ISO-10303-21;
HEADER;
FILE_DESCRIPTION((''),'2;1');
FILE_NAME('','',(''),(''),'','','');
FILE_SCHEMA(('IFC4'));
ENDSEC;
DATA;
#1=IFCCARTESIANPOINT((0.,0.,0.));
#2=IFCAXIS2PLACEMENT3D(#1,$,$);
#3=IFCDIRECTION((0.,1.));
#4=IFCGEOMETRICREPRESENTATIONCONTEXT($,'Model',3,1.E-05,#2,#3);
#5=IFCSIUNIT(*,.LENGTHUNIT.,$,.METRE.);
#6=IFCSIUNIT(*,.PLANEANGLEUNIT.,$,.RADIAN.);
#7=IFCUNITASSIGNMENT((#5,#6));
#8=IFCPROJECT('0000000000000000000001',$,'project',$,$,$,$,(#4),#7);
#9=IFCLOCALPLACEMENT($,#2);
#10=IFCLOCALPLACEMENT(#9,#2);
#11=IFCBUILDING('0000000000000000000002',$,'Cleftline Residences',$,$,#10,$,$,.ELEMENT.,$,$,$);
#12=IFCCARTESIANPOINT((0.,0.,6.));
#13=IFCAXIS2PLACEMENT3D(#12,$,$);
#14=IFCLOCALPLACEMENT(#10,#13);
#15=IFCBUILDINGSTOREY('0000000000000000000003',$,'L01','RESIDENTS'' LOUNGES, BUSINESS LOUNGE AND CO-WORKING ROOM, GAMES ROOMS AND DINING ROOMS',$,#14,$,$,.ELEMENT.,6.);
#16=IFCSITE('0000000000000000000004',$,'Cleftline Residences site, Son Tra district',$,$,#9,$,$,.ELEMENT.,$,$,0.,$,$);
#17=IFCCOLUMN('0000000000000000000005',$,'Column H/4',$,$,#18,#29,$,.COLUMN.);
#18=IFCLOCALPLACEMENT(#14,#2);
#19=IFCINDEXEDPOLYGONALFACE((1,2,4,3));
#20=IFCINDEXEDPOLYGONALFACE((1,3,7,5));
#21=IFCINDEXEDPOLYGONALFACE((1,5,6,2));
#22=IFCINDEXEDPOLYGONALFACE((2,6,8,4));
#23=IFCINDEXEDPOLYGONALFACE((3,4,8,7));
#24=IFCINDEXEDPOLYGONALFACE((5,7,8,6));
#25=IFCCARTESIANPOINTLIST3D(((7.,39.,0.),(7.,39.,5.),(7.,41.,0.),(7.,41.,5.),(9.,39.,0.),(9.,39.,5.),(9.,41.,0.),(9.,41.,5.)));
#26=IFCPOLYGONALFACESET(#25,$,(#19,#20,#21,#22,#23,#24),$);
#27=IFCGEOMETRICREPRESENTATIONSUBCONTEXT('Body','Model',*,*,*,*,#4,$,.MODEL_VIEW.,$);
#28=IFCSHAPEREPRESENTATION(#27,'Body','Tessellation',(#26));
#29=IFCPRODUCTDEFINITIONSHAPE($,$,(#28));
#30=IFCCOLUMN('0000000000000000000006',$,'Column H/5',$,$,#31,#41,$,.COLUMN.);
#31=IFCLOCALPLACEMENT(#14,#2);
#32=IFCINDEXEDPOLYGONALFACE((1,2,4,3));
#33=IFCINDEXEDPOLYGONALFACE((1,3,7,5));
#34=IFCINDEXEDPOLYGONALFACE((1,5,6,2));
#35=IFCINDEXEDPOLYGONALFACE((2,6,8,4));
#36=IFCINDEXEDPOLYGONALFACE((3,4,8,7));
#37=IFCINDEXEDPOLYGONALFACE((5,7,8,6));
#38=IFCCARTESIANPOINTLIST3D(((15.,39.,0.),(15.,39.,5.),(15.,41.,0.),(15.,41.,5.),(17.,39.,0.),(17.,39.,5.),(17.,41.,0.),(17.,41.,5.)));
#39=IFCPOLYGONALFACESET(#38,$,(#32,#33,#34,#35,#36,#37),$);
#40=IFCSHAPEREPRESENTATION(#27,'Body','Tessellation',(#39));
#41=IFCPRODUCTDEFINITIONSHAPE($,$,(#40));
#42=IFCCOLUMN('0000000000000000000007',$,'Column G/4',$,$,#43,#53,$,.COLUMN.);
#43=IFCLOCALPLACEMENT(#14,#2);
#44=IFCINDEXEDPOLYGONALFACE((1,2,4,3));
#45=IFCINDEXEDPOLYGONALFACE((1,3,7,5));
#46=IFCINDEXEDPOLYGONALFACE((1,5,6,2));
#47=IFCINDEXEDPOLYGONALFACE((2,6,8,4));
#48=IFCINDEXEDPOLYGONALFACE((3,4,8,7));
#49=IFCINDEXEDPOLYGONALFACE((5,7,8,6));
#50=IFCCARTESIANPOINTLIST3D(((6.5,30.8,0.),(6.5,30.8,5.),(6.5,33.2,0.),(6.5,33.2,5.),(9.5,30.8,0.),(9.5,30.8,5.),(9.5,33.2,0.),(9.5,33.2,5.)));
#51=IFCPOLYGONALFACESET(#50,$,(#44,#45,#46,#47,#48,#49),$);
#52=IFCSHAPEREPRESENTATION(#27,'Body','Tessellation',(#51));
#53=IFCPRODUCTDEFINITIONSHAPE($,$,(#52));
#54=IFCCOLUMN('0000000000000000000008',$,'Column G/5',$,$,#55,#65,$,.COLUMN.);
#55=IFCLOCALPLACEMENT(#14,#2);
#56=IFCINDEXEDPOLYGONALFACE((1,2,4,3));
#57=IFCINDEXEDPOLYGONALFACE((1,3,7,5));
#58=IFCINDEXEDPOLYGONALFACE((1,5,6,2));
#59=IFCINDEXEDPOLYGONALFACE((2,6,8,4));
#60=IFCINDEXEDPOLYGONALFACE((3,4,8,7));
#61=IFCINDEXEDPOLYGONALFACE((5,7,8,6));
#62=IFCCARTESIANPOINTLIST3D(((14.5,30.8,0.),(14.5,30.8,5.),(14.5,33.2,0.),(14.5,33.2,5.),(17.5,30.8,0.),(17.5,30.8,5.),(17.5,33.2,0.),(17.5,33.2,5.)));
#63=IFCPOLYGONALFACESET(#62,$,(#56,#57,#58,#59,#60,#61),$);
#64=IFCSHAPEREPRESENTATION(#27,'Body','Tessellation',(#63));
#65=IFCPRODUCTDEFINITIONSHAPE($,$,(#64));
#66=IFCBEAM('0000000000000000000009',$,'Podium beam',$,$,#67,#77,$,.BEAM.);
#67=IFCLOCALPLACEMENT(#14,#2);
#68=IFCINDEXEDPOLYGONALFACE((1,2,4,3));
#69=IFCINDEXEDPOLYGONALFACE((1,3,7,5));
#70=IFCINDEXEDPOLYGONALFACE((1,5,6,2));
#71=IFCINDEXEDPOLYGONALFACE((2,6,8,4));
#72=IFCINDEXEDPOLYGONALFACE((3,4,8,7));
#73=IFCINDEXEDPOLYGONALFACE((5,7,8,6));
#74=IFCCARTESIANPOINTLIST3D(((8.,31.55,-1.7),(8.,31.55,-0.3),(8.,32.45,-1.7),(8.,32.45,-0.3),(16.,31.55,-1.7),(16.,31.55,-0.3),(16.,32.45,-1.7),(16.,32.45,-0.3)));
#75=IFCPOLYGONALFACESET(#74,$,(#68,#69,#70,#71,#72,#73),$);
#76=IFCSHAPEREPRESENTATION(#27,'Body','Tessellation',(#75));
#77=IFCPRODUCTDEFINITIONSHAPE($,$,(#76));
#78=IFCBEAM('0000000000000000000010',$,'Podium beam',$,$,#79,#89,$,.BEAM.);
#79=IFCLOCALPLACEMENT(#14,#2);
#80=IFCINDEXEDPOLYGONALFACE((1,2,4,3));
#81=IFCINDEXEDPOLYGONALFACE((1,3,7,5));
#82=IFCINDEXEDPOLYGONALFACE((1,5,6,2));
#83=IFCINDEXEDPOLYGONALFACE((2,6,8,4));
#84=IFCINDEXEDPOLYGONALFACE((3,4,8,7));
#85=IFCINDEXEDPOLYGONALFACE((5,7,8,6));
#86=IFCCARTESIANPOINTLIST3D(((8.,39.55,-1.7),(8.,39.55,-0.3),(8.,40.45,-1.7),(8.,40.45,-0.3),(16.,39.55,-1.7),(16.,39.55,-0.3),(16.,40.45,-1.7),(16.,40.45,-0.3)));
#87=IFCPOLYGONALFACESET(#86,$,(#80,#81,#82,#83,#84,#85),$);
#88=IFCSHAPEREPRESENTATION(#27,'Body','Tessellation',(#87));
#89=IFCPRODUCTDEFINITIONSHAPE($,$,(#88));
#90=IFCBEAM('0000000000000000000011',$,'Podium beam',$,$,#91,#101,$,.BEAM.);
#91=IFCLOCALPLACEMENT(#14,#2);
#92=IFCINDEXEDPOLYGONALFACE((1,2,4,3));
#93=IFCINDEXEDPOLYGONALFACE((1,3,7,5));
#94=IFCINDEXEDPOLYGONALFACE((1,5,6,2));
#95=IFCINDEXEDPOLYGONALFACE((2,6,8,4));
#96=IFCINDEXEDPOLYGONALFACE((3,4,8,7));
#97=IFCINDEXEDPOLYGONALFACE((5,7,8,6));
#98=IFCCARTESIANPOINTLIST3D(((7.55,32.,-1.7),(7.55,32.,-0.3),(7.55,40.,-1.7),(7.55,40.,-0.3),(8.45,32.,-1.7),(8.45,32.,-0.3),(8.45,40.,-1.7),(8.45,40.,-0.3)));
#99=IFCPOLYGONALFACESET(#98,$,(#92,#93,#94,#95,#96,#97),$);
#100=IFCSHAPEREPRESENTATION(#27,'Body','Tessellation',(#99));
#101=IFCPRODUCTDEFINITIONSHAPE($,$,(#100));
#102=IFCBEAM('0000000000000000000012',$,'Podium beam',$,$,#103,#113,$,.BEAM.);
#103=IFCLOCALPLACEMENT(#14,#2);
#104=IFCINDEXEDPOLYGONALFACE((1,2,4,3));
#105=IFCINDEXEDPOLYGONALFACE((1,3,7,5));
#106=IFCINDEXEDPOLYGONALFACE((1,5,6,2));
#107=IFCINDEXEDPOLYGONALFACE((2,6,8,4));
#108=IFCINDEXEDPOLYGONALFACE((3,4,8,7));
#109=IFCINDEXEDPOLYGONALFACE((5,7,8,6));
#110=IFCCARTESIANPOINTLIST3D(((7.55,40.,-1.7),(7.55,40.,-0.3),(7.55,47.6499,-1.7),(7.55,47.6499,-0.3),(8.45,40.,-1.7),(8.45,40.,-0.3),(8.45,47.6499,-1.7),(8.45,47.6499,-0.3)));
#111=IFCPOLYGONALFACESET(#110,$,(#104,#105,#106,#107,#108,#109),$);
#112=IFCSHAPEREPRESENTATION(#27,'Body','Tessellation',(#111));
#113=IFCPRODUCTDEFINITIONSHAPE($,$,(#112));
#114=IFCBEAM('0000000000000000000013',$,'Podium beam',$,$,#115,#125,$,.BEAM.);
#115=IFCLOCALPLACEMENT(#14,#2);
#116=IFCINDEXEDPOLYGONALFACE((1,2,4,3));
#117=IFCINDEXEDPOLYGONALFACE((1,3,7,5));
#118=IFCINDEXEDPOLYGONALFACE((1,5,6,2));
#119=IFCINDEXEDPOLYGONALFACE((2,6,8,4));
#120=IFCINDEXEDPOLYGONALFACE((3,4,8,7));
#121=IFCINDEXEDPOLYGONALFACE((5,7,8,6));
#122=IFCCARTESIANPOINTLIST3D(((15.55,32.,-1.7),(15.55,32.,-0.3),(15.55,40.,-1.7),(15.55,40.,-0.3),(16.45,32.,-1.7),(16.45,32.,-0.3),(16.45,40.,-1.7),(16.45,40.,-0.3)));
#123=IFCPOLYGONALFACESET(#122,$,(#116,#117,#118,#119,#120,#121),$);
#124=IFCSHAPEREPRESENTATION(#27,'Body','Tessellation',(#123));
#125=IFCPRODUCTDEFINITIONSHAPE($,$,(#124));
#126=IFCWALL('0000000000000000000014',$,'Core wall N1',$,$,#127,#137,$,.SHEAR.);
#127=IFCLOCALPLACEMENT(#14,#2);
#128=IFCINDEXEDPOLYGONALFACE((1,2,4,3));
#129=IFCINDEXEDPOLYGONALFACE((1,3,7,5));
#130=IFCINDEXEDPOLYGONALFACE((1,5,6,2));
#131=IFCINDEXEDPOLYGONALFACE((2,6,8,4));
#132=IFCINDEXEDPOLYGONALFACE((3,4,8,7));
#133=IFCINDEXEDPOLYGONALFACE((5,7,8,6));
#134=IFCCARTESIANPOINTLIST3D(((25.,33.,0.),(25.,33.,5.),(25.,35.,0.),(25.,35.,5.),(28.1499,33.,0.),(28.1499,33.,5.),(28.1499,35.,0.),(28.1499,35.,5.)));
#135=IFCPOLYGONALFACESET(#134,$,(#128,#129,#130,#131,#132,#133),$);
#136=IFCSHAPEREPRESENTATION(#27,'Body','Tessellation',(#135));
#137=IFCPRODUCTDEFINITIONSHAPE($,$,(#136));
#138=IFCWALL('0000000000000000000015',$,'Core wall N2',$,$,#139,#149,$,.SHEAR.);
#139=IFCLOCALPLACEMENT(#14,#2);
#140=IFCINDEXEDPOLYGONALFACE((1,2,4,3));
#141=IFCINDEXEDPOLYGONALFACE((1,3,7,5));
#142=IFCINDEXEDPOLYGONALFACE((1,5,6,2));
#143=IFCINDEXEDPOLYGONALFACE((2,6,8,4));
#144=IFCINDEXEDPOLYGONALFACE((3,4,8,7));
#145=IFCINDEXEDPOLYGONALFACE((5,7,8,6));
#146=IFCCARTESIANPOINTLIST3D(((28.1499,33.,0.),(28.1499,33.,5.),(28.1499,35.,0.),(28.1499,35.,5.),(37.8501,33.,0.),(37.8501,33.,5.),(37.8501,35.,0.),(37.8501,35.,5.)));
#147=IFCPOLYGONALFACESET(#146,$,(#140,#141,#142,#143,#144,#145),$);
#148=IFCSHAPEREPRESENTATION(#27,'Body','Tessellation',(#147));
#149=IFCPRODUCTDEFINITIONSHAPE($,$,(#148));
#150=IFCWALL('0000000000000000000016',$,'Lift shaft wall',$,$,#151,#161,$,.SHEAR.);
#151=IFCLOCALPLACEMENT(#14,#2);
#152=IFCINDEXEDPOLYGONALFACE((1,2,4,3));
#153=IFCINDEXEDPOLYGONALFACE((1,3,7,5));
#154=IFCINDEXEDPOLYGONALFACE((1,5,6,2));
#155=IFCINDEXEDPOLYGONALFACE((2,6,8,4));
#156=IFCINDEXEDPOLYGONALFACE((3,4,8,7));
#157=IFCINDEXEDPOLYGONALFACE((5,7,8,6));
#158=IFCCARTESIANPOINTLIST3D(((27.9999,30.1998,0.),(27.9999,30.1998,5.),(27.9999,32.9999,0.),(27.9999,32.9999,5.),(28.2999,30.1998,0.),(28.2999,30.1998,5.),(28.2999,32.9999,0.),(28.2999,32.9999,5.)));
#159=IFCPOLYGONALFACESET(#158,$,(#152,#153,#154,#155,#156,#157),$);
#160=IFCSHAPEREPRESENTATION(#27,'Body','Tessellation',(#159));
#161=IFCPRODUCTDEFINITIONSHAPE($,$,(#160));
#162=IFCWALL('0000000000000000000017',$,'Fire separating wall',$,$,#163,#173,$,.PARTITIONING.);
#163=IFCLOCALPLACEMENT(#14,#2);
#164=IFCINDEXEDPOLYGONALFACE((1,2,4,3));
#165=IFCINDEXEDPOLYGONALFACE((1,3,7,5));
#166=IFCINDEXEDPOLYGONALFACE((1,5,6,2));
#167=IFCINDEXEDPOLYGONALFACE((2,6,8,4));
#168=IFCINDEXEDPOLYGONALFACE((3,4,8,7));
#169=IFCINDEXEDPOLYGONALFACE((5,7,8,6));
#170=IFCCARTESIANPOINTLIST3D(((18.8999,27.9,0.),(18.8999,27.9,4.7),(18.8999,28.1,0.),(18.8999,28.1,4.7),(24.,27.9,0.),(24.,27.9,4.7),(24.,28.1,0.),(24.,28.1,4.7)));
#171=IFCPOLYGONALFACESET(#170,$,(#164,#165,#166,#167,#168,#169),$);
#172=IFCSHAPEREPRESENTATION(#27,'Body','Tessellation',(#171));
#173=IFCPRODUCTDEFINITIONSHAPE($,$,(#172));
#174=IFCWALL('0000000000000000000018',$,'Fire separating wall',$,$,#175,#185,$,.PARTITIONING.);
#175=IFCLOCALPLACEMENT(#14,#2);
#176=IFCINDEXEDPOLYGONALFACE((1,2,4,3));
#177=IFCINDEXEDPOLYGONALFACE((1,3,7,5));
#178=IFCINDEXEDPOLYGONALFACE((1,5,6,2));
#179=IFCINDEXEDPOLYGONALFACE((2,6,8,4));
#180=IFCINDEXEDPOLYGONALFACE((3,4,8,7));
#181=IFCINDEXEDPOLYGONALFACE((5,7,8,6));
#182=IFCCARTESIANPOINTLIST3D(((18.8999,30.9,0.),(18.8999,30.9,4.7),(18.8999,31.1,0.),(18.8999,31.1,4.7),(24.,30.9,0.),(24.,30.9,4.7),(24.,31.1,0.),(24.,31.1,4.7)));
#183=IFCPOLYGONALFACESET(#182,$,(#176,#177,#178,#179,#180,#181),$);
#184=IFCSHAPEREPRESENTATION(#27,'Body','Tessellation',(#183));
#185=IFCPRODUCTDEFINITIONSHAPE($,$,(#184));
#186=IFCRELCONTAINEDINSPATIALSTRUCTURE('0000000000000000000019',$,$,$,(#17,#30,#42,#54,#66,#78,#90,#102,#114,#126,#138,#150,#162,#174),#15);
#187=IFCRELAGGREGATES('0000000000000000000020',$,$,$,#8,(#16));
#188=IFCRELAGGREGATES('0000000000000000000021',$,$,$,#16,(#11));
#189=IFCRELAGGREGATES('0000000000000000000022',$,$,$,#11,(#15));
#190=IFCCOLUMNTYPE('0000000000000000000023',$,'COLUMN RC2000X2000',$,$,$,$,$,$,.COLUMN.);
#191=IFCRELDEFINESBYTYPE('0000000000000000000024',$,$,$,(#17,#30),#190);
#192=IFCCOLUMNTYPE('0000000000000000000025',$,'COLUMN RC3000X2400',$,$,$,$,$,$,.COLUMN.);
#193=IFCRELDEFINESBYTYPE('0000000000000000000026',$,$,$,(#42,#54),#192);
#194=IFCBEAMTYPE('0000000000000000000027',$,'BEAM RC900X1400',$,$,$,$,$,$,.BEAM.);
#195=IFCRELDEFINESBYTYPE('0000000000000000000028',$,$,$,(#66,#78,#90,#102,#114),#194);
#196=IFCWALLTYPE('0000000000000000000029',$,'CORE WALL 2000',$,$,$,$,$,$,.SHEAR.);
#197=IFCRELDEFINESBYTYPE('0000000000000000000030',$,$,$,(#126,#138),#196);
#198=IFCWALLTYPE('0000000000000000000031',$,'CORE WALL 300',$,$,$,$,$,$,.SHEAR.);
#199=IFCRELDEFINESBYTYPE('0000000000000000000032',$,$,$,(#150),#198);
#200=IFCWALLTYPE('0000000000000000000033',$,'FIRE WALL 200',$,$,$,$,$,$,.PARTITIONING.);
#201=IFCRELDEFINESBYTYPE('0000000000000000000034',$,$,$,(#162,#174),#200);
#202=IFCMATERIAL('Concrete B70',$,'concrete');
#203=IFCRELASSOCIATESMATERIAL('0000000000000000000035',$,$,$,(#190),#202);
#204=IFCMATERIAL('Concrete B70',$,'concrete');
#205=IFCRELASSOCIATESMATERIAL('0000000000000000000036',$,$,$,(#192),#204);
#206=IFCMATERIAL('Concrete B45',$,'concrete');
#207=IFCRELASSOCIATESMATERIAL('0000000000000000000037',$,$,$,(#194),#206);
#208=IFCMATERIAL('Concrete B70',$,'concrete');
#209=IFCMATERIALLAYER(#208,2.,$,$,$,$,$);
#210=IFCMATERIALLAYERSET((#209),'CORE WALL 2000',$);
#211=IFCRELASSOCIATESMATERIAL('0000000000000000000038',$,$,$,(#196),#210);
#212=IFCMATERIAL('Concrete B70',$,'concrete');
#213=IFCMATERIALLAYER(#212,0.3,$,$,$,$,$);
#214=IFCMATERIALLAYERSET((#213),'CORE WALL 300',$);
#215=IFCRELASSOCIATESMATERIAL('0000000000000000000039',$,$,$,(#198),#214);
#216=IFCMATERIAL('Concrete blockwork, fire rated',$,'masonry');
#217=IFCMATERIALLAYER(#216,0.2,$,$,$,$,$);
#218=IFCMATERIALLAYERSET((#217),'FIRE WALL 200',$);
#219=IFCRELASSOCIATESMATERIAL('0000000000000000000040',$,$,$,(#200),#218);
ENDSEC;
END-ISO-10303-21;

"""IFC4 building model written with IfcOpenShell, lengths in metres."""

from ifc_helpers import new_model, si_unit, direction, frame, frame_2d, origin, origin_2d, place, context, subcontext, project, spatial, rectangle, extrude, material, layer, layer_set, material_profile, profile_set, type_object, element, save


model = new_model("IFC4")

# Units and contexts
model_context = context("Model", 3, precision=1e-05, world=origin(), true_north=direction((0.0, 1.0)))
body_context = subcontext(model_context, "Body", "Model", "MODEL_VIEW")
ifc_project = project(units=[si_unit("LENGTHUNIT", "METRE"), si_unit("PLANEANGLEUNIT", "RADIAN")], contexts=[model_context])

# Site, building, storey
site_placement = place(None, origin())
site = spatial("IfcSite", under=ifc_project, at=site_placement, Name="Cleftline Residences site, Son Tra district", CompositionType="ELEMENT", RefElevation=0.0)
building_placement = place(site_placement, origin())
building = spatial("IfcBuilding", under=site, at=building_placement, Name="Cleftline Residences", CompositionType="ELEMENT")
storey_placement = place(building_placement, frame((0.0, 0.0, 6.0)))
storey = spatial("IfcBuildingStorey", under=building, at=storey_placement, Name="L01", Description="RESIDENTS' LOUNGES, BUSINESS LOUNGE AND CO-WORKING ROOM, GAMES ROOMS AND DINING ROOMS", CompositionType="ELEMENT", Elevation=6.0)

# Columns
ifc_material_1 = material(Name="Concrete B70", Category="concrete")
ifc_material_profile_1 = material_profile(ifc_material_1, rectangle(XDim=2.0, YDim=2.0, at=origin_2d()))
ifc_profile_set_1 = profile_set([ifc_material_profile_1], Name="Concrete B70")
column_type_1 = type_object("IfcColumnType", Name="COLUMN RC2000X2000", PredefinedType="COLUMN", material=ifc_profile_set_1)
for number, where, z_axis, x_axis, name in (
    (1, (8.0, 40.0, 0.0), (0.0, 0.0, 1.0), (1.0, 0.0, 0.0), "Column H/4"),
    (2, (16.0, 40.0, 0.0), (0.0, 0.0, 1.0), (1.0, 0.0, 0.0), "Column H/5"),
):
    element("IfcColumn", number, at=place(storey_placement, frame(where, z_axis=z_axis, x_axis=x_axis)), inside=storey, type_object=column_type_1, Name=name, PredefinedType="COLUMN", context=body_context, shape_type="SweptSolid", body=[
        extrude(rectangle(XDim=2.0, YDim=2.0, at=origin_2d()), origin(), (0.0, 0.0, 1.0), 5.0),
    ])
ifc_material_2 = material(Name="Concrete B70", Category="concrete")
ifc_material_profile_2 = material_profile(ifc_material_2, rectangle(XDim=3.0, YDim=2.3999, at=origin_2d()))
ifc_profile_set_2 = profile_set([ifc_material_profile_2], Name="Concrete B70")
column_type_2 = type_object("IfcColumnType", Name="COLUMN RC3000X2400", PredefinedType="COLUMN", material=ifc_profile_set_2)
for number, where, z_axis, x_axis, name in (
    (3, (8.0, 32.0, 0.0), (0.0, 0.0, 1.0), (1.0, 0.0, 0.0), "Column G/4"),
    (4, (16.0, 32.0, 0.0), (0.0, 0.0, 1.0), (1.0, 0.0, 0.0), "Column G/5"),
):
    element("IfcColumn", number, at=place(storey_placement, frame(where, z_axis=z_axis, x_axis=x_axis)), inside=storey, type_object=column_type_2, Name=name, PredefinedType="COLUMN", context=body_context, shape_type="SweptSolid", body=[
        extrude(rectangle(XDim=3.0, YDim=2.3999, at=origin_2d()), origin(), (0.0, 0.0, 1.0), 5.0),
    ])

# Beams
ifc_material_3 = material(Name="Concrete B45", Category="concrete")
ifc_material_profile_3 = material_profile(ifc_material_3, rectangle(XDim=0.8999, YDim=1.3999, at=origin_2d()))
ifc_profile_set_3 = profile_set([ifc_material_profile_3], Name="Concrete B45")
beam_type = type_object("IfcBeamType", Name="BEAM RC900X1400", PredefinedType="BEAM", material=ifc_profile_set_3)
for number, where, z_axis, x_axis, name in (
    (5, (8.0, 32.0, -1.0), (1.0, 0.0, 0.0), (0.0, 1.0, 0.0), "Podium beam"),
    (6, (8.0, 40.0, -1.0), (1.0, 0.0, 0.0), (0.0, 1.0, 0.0), "Podium beam"),
    (7, (8.0, 32.0, -1.0), (0.0, 1.0, 0.0), (-1.0, 0.0, 0.0), "Podium beam"),
):
    element("IfcBeam", number, at=place(storey_placement, frame(where, z_axis=z_axis, x_axis=x_axis)), inside=storey, type_object=beam_type, Name=name, PredefinedType="BEAM", context=body_context, shape_type="SweptSolid", body=[
        extrude(rectangle(XDim=0.8999, YDim=1.3999, at=origin_2d()), origin(), (0.0, 0.0, 1.0), 8.0),
    ])
beam_1_placement = place(storey_placement, frame((8.0, 40.0, -1.0), z_axis=(0.0, 1.0, 0.0), x_axis=(-1.0, 0.0, 0.0)))
element("IfcBeam", 8, at=beam_1_placement, inside=storey, type_object=beam_type, Name="Podium beam", PredefinedType="BEAM", context=body_context, shape_type="SweptSolid", body=[
    extrude(rectangle(XDim=0.8999, YDim=1.3999, at=origin_2d()), origin(), (0.0, 0.0, 1.0), 7.6499),
])
beam_2_placement = place(storey_placement, frame((16.0, 32.0, -1.0), z_axis=(0.0, 1.0, 0.0), x_axis=(-1.0, 0.0, 0.0)))
element("IfcBeam", 9, at=beam_2_placement, inside=storey, type_object=beam_type, Name="Podium beam", PredefinedType="BEAM", context=body_context, shape_type="SweptSolid", body=[
    extrude(rectangle(XDim=0.8999, YDim=1.3999, at=origin_2d()), origin(), (0.0, 0.0, 1.0), 8.0),
])

# Walls
ifc_material_4 = material(Name="Concrete B70", Category="concrete")
ifc_layer_1 = layer(ifc_material_4, 2.0)
ifc_layer_set_1 = layer_set([ifc_layer_1], Name="CORE WALL 2000")
wall_type_1 = type_object("IfcWallType", Name="CORE WALL 2000", PredefinedType="SHEAR", material=ifc_layer_set_1)
wall_1_placement = place(storey_placement, frame((25.0, 34.0, 0.0), z_axis=(0.0, 0.0, 1.0), x_axis=(1.0, 0.0, 0.0)))
element("IfcWall", 10, at=wall_1_placement, inside=storey, type_object=wall_type_1, Name="Core wall N1", PredefinedType="SHEAR", context=body_context, shape_type="SweptSolid", body=[
    extrude(rectangle(XDim=3.1499, YDim=2.0, at=frame_2d((1.575, 0.0))), origin(), (0.0, 0.0, 1.0), 5.0),
])
wall_2_placement = place(storey_placement, frame((28.1499, 34.0, 0.0), z_axis=(0.0, 0.0, 1.0), x_axis=(1.0, 0.0, 0.0)))
element("IfcWall", 11, at=wall_2_placement, inside=storey, type_object=wall_type_1, Name="Core wall N2", PredefinedType="SHEAR", context=body_context, shape_type="SweptSolid", body=[
    extrude(rectangle(XDim=9.7002, YDim=2.0, at=frame_2d((4.8501, 0.0))), origin(), (0.0, 0.0, 1.0), 5.0),
])
ifc_material_5 = material(Name="Concrete B70", Category="concrete")
ifc_layer_2 = layer(ifc_material_5, 0.3)
ifc_layer_set_2 = layer_set([ifc_layer_2], Name="CORE WALL 300")
wall_type_2 = type_object("IfcWallType", Name="CORE WALL 300", PredefinedType="SHEAR", material=ifc_layer_set_2)
wall_3_placement = place(storey_placement, frame((28.1499, 30.2, 0.0), z_axis=(0.0, 0.0, 1.0), x_axis=(0.0, 1.0, 0.0)))
element("IfcWall", 12, at=wall_3_placement, inside=storey, type_object=wall_type_2, Name="Lift shaft wall", PredefinedType="SHEAR", context=body_context, shape_type="SweptSolid", body=[
    extrude(rectangle(XDim=2.8, YDim=0.3, at=frame_2d((1.3999, 0.0))), origin(), (0.0, 0.0, 1.0), 5.0),
])
ifc_material_6 = material(Name="Concrete blockwork, fire rated", Category="masonry")
ifc_layer_3 = layer(ifc_material_6, 0.2)
ifc_layer_set_3 = layer_set([ifc_layer_3], Name="FIRE WALL 200")
wall_type_3 = type_object("IfcWallType", Name="FIRE WALL 200", PredefinedType="PARTITIONING", material=ifc_layer_set_3)
for number, where, z_axis, x_axis, name in (
    (13, (18.8999, 28.0, 0.0), (0.0, 0.0, 1.0), (1.0, 0.0, 0.0), "Fire separating wall"),
    (14, (18.8999, 31.0, 0.0), (0.0, 0.0, 1.0), (1.0, 0.0, 0.0), "Fire separating wall"),
):
    element("IfcWall", number, at=place(storey_placement, frame(where, z_axis=z_axis, x_axis=x_axis)), inside=storey, type_object=wall_type_3, Name=name, PredefinedType="PARTITIONING", context=body_context, shape_type="SweptSolid", body=[
        extrude(rectangle(XDim=5.1001, YDim=0.2, at=frame_2d((2.55, 0.0))), origin(), (0.0, 0.0, 1.0), 4.7),
    ])

save(model, "model.ifc")
